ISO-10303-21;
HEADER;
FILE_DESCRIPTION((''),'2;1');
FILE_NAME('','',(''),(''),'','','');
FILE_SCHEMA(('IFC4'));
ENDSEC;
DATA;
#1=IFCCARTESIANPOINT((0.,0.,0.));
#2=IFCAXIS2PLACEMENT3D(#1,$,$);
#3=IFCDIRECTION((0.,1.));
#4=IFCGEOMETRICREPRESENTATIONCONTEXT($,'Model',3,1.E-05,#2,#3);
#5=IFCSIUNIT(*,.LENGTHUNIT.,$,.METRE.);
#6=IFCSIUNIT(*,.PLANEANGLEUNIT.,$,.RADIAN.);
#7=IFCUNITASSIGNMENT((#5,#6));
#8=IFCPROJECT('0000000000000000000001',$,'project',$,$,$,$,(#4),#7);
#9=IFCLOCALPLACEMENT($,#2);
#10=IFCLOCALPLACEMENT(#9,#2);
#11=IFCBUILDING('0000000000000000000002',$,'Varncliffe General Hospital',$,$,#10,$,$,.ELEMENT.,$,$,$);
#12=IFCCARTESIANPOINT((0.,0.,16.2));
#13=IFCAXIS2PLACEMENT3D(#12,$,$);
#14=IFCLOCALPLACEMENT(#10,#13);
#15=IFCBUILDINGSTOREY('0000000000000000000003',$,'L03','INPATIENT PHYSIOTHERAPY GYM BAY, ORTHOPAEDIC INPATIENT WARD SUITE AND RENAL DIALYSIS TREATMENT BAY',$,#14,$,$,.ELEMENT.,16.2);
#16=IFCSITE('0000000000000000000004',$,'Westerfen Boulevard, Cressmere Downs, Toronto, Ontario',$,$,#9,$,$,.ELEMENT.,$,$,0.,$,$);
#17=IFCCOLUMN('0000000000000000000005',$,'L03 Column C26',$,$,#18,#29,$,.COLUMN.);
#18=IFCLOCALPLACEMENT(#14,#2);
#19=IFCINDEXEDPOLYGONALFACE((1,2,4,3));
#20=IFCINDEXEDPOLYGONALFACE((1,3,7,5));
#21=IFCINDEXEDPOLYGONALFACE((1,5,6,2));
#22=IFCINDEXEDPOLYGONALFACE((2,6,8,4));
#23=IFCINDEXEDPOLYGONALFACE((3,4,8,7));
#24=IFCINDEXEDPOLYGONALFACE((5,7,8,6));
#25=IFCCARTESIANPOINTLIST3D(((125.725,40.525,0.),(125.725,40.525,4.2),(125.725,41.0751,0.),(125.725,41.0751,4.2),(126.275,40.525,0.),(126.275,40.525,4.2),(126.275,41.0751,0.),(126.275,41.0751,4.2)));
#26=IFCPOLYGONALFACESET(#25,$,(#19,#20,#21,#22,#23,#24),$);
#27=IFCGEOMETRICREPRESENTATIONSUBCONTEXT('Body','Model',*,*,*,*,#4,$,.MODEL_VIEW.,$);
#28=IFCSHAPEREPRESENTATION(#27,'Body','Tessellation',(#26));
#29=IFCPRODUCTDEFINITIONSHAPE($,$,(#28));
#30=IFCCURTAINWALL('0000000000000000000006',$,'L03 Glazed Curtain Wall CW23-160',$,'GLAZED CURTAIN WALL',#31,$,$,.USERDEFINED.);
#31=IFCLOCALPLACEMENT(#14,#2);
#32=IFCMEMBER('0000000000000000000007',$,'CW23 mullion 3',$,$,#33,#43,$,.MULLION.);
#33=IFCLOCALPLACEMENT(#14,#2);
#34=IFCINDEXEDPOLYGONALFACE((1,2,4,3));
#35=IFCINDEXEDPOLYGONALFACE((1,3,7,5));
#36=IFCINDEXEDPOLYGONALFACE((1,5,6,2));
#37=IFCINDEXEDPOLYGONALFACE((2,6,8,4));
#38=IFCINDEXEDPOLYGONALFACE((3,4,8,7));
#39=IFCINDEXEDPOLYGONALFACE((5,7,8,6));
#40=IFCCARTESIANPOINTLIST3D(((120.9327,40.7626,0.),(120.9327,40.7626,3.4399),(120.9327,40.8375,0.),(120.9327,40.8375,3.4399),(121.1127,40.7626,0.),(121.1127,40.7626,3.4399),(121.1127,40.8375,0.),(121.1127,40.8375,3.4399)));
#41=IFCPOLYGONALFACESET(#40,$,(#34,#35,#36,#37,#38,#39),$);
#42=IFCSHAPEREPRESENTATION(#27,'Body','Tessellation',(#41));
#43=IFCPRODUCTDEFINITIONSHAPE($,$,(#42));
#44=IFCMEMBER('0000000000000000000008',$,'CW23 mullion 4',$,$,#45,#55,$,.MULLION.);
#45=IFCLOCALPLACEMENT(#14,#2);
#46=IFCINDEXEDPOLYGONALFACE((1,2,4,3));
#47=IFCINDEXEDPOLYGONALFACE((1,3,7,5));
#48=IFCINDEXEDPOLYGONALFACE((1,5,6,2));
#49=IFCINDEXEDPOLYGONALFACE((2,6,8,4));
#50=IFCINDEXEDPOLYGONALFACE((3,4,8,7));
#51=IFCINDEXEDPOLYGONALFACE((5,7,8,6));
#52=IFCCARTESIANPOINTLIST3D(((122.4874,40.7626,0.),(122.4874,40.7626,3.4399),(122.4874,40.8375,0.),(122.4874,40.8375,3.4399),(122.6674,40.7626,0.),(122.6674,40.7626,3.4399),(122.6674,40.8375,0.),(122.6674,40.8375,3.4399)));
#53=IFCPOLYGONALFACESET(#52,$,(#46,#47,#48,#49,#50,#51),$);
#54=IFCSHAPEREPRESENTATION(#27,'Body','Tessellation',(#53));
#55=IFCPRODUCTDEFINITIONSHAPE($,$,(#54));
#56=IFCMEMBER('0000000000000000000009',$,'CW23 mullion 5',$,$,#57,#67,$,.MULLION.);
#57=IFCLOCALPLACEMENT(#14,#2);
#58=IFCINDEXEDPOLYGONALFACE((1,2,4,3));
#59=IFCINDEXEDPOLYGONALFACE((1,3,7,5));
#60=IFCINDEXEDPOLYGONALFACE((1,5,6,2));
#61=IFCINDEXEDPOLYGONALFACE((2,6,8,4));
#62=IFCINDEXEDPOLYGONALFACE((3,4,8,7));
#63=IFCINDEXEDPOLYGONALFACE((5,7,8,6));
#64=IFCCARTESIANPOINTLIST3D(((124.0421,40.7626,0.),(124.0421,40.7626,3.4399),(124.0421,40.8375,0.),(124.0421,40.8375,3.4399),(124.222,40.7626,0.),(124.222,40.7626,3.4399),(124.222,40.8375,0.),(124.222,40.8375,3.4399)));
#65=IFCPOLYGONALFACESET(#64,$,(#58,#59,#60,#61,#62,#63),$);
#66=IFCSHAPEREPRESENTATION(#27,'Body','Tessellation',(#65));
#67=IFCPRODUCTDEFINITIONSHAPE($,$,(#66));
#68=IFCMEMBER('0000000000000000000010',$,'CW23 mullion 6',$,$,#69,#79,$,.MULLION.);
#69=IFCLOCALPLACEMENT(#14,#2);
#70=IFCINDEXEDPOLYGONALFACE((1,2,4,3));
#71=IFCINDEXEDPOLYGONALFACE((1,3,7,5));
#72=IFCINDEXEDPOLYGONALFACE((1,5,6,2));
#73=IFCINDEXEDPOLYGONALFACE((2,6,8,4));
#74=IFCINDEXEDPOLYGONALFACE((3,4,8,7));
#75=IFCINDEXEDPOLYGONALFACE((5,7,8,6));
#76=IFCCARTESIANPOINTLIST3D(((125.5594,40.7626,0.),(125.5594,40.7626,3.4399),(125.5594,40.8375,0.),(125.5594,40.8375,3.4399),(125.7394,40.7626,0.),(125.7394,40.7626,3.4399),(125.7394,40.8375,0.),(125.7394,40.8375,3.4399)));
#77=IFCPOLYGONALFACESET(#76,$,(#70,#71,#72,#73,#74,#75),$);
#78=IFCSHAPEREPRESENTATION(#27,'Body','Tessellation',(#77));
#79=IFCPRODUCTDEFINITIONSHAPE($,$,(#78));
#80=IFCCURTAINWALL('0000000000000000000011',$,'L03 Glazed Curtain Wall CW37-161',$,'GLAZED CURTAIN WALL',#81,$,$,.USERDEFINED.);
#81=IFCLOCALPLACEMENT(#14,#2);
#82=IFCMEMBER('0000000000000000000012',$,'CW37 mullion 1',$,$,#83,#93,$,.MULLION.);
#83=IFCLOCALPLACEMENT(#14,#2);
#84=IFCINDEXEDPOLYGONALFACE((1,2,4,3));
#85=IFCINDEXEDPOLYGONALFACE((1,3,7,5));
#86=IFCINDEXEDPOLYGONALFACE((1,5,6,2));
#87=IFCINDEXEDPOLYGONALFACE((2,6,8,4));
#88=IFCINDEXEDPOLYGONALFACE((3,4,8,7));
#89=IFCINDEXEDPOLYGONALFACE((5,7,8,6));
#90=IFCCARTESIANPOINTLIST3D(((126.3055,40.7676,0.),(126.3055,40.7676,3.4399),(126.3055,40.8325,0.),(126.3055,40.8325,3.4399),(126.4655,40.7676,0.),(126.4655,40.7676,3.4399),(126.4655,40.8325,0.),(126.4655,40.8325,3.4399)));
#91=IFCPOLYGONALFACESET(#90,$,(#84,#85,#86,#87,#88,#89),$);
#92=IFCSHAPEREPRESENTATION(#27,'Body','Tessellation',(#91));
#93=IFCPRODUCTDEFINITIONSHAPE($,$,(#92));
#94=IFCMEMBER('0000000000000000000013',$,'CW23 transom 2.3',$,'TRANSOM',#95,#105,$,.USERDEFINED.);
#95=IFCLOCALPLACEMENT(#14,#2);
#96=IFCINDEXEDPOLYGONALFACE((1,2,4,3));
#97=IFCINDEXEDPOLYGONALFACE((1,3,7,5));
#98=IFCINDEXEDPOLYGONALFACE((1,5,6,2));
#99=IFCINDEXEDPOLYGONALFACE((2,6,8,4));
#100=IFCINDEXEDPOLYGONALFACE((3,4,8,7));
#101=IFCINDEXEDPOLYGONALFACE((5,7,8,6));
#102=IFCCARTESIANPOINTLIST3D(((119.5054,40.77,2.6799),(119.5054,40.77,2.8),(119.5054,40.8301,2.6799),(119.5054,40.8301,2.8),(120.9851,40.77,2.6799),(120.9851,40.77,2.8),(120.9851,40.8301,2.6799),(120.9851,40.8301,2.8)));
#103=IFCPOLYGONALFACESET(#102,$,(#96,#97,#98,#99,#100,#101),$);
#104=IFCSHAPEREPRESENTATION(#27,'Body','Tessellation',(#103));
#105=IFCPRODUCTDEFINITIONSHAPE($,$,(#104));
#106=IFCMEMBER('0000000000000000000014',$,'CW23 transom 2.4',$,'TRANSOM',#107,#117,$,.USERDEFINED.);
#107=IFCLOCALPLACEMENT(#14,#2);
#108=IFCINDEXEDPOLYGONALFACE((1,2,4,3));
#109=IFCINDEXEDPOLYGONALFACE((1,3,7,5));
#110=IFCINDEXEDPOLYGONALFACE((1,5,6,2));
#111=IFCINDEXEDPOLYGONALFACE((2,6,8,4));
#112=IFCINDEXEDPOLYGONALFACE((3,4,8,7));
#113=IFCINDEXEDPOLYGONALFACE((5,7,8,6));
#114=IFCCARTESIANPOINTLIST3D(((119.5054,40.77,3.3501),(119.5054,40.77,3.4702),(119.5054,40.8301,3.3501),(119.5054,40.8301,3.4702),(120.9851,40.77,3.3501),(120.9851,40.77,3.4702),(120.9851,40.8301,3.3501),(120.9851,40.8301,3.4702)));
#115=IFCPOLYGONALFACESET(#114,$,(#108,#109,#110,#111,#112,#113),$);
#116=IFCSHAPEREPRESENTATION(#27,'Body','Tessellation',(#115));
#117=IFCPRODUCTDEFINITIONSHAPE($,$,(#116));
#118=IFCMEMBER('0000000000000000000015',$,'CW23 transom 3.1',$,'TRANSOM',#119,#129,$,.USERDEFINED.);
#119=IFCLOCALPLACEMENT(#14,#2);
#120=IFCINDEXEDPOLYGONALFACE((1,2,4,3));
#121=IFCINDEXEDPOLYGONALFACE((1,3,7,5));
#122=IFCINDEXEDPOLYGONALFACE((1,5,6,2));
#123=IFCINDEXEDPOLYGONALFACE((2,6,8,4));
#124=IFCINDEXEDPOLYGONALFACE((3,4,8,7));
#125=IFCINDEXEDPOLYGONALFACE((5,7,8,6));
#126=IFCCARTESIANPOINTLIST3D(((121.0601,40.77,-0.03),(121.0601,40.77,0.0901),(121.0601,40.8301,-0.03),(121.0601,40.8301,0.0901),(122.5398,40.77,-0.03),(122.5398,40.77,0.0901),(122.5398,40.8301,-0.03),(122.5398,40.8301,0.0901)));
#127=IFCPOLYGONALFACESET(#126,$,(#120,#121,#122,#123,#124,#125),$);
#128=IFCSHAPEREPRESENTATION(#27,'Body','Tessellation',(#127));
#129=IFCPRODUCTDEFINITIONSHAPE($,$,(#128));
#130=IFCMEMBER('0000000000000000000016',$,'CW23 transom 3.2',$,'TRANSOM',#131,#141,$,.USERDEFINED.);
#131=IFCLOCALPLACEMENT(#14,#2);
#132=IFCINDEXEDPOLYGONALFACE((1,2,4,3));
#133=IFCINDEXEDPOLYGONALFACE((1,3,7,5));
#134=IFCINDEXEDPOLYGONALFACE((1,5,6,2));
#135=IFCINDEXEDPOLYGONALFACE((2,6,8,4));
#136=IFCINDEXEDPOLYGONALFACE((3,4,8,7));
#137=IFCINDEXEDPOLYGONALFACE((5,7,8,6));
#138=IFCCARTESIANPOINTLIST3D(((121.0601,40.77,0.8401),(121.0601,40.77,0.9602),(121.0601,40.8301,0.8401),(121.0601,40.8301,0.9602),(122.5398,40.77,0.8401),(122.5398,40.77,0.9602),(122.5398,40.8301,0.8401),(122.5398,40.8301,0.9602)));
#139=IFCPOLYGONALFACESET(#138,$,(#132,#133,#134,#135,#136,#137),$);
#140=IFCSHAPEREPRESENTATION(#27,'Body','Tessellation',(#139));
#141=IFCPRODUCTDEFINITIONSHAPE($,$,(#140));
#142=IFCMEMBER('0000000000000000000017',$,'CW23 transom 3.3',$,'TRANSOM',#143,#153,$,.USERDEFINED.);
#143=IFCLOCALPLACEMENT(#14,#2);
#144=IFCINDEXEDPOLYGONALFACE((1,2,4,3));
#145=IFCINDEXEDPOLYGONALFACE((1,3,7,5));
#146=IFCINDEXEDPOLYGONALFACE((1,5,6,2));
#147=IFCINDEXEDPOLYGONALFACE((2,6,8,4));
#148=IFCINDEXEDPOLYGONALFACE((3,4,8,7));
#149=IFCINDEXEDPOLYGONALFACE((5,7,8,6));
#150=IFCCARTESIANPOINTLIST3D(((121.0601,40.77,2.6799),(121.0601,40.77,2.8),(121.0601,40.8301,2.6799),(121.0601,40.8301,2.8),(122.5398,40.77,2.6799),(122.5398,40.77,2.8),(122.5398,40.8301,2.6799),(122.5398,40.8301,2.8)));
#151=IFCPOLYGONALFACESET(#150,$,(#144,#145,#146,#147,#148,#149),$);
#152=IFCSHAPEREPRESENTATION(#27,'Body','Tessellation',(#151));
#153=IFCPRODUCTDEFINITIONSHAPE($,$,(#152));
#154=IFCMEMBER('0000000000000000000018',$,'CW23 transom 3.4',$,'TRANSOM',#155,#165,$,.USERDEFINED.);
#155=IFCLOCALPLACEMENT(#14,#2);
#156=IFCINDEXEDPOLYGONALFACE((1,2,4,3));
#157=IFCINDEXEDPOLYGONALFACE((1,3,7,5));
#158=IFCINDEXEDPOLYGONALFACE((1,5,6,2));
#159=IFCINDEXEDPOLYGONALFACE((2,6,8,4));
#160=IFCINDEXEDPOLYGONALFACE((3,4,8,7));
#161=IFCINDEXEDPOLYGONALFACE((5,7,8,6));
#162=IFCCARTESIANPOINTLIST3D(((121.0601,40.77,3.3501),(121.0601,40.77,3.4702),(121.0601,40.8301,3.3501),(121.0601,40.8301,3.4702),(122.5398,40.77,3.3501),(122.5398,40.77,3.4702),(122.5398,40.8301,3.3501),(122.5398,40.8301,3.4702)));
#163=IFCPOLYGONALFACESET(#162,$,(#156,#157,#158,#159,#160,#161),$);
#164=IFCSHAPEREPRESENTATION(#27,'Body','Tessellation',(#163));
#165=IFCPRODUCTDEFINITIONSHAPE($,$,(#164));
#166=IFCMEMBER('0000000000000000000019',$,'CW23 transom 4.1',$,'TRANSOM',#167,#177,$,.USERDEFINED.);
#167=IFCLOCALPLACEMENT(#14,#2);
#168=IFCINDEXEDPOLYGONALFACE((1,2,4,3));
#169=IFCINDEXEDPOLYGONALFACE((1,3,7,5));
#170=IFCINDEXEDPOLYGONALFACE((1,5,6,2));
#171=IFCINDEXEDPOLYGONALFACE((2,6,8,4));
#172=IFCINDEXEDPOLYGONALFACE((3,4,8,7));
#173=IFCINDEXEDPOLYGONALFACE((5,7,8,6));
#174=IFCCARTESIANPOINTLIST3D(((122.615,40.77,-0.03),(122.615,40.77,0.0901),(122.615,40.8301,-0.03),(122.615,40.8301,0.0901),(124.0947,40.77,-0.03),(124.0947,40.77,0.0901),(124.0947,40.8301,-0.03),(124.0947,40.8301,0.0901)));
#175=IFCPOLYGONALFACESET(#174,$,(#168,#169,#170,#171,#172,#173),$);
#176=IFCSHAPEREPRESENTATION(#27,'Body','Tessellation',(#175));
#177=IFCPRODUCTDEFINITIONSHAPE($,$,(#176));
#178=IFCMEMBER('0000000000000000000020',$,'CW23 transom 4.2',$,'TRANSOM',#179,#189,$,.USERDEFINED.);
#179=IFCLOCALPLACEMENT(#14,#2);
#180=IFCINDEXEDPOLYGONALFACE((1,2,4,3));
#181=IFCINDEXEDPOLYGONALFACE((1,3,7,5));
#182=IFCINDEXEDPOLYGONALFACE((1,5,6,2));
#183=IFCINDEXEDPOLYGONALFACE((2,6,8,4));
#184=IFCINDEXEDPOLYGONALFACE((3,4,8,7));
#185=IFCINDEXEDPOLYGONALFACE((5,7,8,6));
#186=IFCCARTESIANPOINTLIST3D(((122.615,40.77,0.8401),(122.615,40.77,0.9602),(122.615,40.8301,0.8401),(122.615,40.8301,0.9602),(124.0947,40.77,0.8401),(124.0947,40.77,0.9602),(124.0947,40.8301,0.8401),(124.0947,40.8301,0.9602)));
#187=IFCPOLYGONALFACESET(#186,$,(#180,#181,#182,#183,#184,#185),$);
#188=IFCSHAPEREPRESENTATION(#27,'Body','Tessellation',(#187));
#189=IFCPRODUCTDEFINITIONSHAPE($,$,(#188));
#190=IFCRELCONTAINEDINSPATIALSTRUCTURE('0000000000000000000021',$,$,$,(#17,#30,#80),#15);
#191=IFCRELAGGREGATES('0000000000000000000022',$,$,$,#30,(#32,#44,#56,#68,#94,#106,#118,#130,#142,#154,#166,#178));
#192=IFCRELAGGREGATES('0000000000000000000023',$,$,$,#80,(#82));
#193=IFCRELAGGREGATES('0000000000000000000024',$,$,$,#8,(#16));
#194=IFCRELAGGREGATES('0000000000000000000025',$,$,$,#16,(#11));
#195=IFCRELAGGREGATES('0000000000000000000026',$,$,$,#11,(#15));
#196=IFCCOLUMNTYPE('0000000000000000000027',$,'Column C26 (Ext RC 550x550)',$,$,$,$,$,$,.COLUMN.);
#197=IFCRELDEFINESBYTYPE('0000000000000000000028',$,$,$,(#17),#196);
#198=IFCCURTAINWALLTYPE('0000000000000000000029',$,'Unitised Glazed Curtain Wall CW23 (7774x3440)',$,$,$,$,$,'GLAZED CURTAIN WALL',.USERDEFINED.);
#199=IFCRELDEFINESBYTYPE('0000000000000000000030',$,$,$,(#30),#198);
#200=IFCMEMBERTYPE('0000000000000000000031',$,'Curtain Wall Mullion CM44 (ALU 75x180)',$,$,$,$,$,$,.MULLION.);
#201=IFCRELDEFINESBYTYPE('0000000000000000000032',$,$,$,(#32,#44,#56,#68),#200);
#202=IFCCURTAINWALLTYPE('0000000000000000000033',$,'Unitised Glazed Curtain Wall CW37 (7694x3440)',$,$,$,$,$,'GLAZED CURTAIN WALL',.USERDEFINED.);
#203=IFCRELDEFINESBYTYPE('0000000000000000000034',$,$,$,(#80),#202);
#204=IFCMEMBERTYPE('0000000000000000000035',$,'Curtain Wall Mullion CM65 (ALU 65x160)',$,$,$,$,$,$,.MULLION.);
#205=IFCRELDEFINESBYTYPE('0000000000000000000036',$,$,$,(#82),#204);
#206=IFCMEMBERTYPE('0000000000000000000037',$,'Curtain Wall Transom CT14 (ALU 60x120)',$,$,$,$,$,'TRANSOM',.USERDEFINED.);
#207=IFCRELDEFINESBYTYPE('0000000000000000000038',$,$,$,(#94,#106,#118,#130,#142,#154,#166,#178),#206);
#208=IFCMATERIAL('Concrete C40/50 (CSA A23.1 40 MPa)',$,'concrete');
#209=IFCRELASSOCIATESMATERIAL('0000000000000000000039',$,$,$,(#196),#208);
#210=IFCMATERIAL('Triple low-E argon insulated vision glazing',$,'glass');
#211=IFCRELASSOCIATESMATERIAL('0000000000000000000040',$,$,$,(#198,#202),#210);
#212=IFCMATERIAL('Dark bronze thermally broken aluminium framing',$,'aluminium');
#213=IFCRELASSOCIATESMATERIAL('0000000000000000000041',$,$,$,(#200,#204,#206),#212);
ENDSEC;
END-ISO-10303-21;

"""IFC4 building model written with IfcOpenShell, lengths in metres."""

from ifc_helpers import new_model, si_unit, direction, frame, origin, origin_2d, place, context, subcontext, project, spatial, rectangle, extrude, material, material_profile, profile_set, type_object, element, aggregate, save


model = new_model("IFC4")

# Units and contexts
model_context = context("Model", 3, precision=1e-05, world=origin(), true_north=direction((0.0, 1.0)))
body_context = subcontext(model_context, "Body", "Model", "MODEL_VIEW")
ifc_project = project(units=[si_unit("LENGTHUNIT", "METRE"), si_unit("PLANEANGLEUNIT", "RADIAN")], contexts=[model_context])

# Site, building, storey
site_placement = place(None, origin())
site = spatial("IfcSite", under=ifc_project, at=site_placement, Name="Westerfen Boulevard, Cressmere Downs, Toronto, Ontario", CompositionType="ELEMENT", RefElevation=0.0)
building_placement = place(site_placement, origin())
building = spatial("IfcBuilding", under=site, at=building_placement, Name="Varncliffe General Hospital", CompositionType="ELEMENT")
storey_placement = place(building_placement, frame((0.0, 0.0, 16.2)))
storey = spatial("IfcBuildingStorey", under=building, at=storey_placement, Name="L03", Description="INPATIENT PHYSIOTHERAPY GYM BAY, ORTHOPAEDIC INPATIENT WARD SUITE AND RENAL DIALYSIS TREATMENT BAY", CompositionType="ELEMENT", Elevation=16.2)

# Column
ifc_material_1 = material(Name="Concrete C40/50 (CSA A23.1 40 MPa)", Category="concrete")
ifc_material_profile_1 = material_profile(ifc_material_1, rectangle(XDim=0.55, YDim=0.55, at=origin_2d()), Name="RC 550x550")
ifc_profile_set_1 = profile_set([ifc_material_profile_1], Name="Concrete C40/50 (CSA A23.1 40 MPa)")
column_type = type_object("IfcColumnType", Name="Column C26 (Ext RC 550x550)", PredefinedType="COLUMN", material=ifc_profile_set_1)
column_placement = place(storey_placement, frame((126.0, 40.8, 0.0), z_axis=(0.0, 0.0, 1.0), x_axis=(1.0, 0.0, 0.0)))
element("IfcColumn", 1, at=column_placement, inside=storey, type_object=column_type, Name="L03 Column C26", PredefinedType="COLUMN", context=body_context, shape_type="SweptSolid", body=[
    extrude(rectangle(XDim=0.55, YDim=0.55, at=origin_2d()), origin(), (0.0, 0.0, 1.0), 4.2),
])

# Curtain wall, members
ifc_material_2 = material(Name="Triple low-E argon insulated vision glazing", Category="glass")
curtain_wall_type_1 = type_object("IfcCurtainWallType", Name="Unitised Glazed Curtain Wall CW23 (7774x3440)", ElementType="GLAZED CURTAIN WALL", PredefinedType="USERDEFINED", material=ifc_material_2)
curtain_wall_1_placement = place(storey_placement, origin())
curtain_wall_1 = element("IfcCurtainWall", 2, at=curtain_wall_1_placement, inside=storey, type_object=curtain_wall_type_1, Name="L03 Glazed Curtain Wall CW23-160", ObjectType="GLAZED CURTAIN WALL", PredefinedType="USERDEFINED")
ifc_material_3 = material(Name="Dark bronze thermally broken aluminium framing", Category="aluminium")
ifc_material_profile_2 = material_profile(ifc_material_3, rectangle(XDim=0.075, YDim=0.1799, at=origin_2d()), Name="ALU 75x180")
ifc_profile_set_2 = profile_set([ifc_material_profile_2], Name="Dark bronze thermally broken aluminium framing")
member_type_1 = type_object("IfcMemberType", Name="Curtain Wall Mullion CM44 (ALU 75x180)", PredefinedType="MULLION", material=ifc_profile_set_2)
member_1_placement = place(storey_placement, frame((121.0227, 40.8, 0.0), z_axis=(0.0, 0.0, 1.0), x_axis=(0.0, 1.0, 0.0)))
member_1 = element("IfcMember", 3, at=member_1_placement, type_object=member_type_1, Name="CW23 mullion 3", PredefinedType="MULLION", context=body_context, shape_type="SweptSolid", body=[
    extrude(rectangle(XDim=0.075, YDim=0.1799, at=origin_2d()), origin(), (0.0, 0.0, 1.0), 3.4399),
])
member_2_placement = place(storey_placement, frame((122.5774, 40.8, 0.0), z_axis=(0.0, 0.0, 1.0), x_axis=(0.0, 1.0, 0.0)))
member_2 = element("IfcMember", 4, at=member_2_placement, type_object=member_type_1, Name="CW23 mullion 4", PredefinedType="MULLION", context=body_context, shape_type="SweptSolid", body=[
    extrude(rectangle(XDim=0.075, YDim=0.1799, at=origin_2d()), origin(), (0.0, 0.0, 1.0), 3.4399),
])
member_3_placement = place(storey_placement, frame((124.1321, 40.8, 0.0), z_axis=(0.0, 0.0, 1.0), x_axis=(0.0, 1.0, 0.0)))
member_3 = element("IfcMember", 5, at=member_3_placement, type_object=member_type_1, Name="CW23 mullion 5", PredefinedType="MULLION", context=body_context, shape_type="SweptSolid", body=[
    extrude(rectangle(XDim=0.075, YDim=0.1799, at=origin_2d()), origin(), (0.0, 0.0, 1.0), 3.4399),
])
member_4_placement = place(storey_placement, frame((125.6494, 40.8, 0.0), z_axis=(0.0, 0.0, 1.0), x_axis=(0.0, 1.0, 0.0)))
member_4 = element("IfcMember", 6, at=member_4_placement, type_object=member_type_1, Name="CW23 mullion 6", PredefinedType="MULLION", context=body_context, shape_type="SweptSolid", body=[
    extrude(rectangle(XDim=0.075, YDim=0.1799, at=origin_2d()), origin(), (0.0, 0.0, 1.0), 3.4399),
])

# Curtain wall, member
curtain_wall_type_2 = type_object("IfcCurtainWallType", Name="Unitised Glazed Curtain Wall CW37 (7694x3440)", ElementType="GLAZED CURTAIN WALL", PredefinedType="USERDEFINED", material=ifc_material_2)
curtain_wall_2_placement = place(storey_placement, origin())
curtain_wall_2 = element("IfcCurtainWall", 7, at=curtain_wall_2_placement, inside=storey, type_object=curtain_wall_type_2, Name="L03 Glazed Curtain Wall CW37-161", ObjectType="GLAZED CURTAIN WALL", PredefinedType="USERDEFINED")
ifc_material_profile_3 = material_profile(ifc_material_3, rectangle(XDim=0.0649, YDim=0.1599, at=origin_2d()), Name="ALU 65x160")
ifc_profile_set_3 = profile_set([ifc_material_profile_3], Name="Dark bronze thermally broken aluminium framing")
member_type_2 = type_object("IfcMemberType", Name="Curtain Wall Mullion CM65 (ALU 65x160)", PredefinedType="MULLION", material=ifc_profile_set_3)
member_5_placement = place(storey_placement, frame((126.3855, 40.8, 0.0), z_axis=(0.0, 0.0, 1.0), x_axis=(0.0, 1.0, 0.0)))
member_5 = element("IfcMember", 8, at=member_5_placement, type_object=member_type_2, Name="CW37 mullion 1", PredefinedType="MULLION", context=body_context, shape_type="SweptSolid", body=[
    extrude(rectangle(XDim=0.0649, YDim=0.1599, at=origin_2d()), origin(), (0.0, 0.0, 1.0), 3.4399),
])

# Members
ifc_material_profile_4 = material_profile(ifc_material_3, rectangle(XDim=0.0601, YDim=0.1201, at=origin_2d()), Name="ALU 60x120")
ifc_profile_set_4 = profile_set([ifc_material_profile_4], Name="Dark bronze thermally broken aluminium framing")
member_type_3 = type_object("IfcMemberType", Name="Curtain Wall Transom CT14 (ALU 60x120)", ElementType="TRANSOM", PredefinedType="USERDEFINED", material=ifc_profile_set_4)
member_6_placement = place(storey_placement, frame((119.5054, 40.8, 2.74), z_axis=(1.0, 0.0, 0.0), x_axis=(0.0, 1.0, 0.0)))
member_6 = element("IfcMember", 9, at=member_6_placement, type_object=member_type_3, Name="CW23 transom 2.3", ObjectType="TRANSOM", PredefinedType="USERDEFINED", context=body_context, shape_type="SweptSolid", body=[
    extrude(rectangle(XDim=0.0601, YDim=0.1201, at=origin_2d()), origin(), (0.0, 0.0, 1.0), 1.4797),
])
member_7_placement = place(storey_placement, frame((119.5054, 40.8, 3.4102), z_axis=(1.0, 0.0, 0.0), x_axis=(0.0, 1.0, 0.0)))
member_7 = element("IfcMember", 10, at=member_7_placement, type_object=member_type_3, Name="CW23 transom 2.4", ObjectType="TRANSOM", PredefinedType="USERDEFINED", context=body_context, shape_type="SweptSolid", body=[
    extrude(rectangle(XDim=0.0601, YDim=0.1201, at=origin_2d()), origin(), (0.0, 0.0, 1.0), 1.4797),
])
member_8_placement = place(storey_placement, frame((121.0601, 40.8, 0.03), z_axis=(1.0, 0.0, 0.0), x_axis=(0.0, 1.0, 0.0)))
member_8 = element("IfcMember", 11, at=member_8_placement, type_object=member_type_3, Name="CW23 transom 3.1", ObjectType="TRANSOM", PredefinedType="USERDEFINED", context=body_context, shape_type="SweptSolid", body=[
    extrude(rectangle(XDim=0.0601, YDim=0.1201, at=origin_2d()), origin(), (0.0, 0.0, 1.0), 1.4797),
])
member_9_placement = place(storey_placement, frame((121.0601, 40.8, 0.9001), z_axis=(1.0, 0.0, 0.0), x_axis=(0.0, 1.0, 0.0)))
member_9 = element("IfcMember", 12, at=member_9_placement, type_object=member_type_3, Name="CW23 transom 3.2", ObjectType="TRANSOM", PredefinedType="USERDEFINED", context=body_context, shape_type="SweptSolid", body=[
    extrude(rectangle(XDim=0.0601, YDim=0.1201, at=origin_2d()), origin(), (0.0, 0.0, 1.0), 1.4797),
])
member_10_placement = place(storey_placement, frame((121.0601, 40.8, 2.74), z_axis=(1.0, 0.0, 0.0), x_axis=(0.0, 1.0, 0.0)))
member_10 = element("IfcMember", 13, at=member_10_placement, type_object=member_type_3, Name="CW23 transom 3.3", ObjectType="TRANSOM", PredefinedType="USERDEFINED", context=body_context, shape_type="SweptSolid", body=[
    extrude(rectangle(XDim=0.0601, YDim=0.1201, at=origin_2d()), origin(), (0.0, 0.0, 1.0), 1.4797),
])
member_11_placement = place(storey_placement, frame((121.0601, 40.8, 3.4102), z_axis=(1.0, 0.0, 0.0), x_axis=(0.0, 1.0, 0.0)))
member_11 = element("IfcMember", 14, at=member_11_placement, type_object=member_type_3, Name="CW23 transom 3.4", ObjectType="TRANSOM", PredefinedType="USERDEFINED", context=body_context, shape_type="SweptSolid", body=[
    extrude(rectangle(XDim=0.0601, YDim=0.1201, at=origin_2d()), origin(), (0.0, 0.0, 1.0), 1.4797),
])
member_12_placement = place(storey_placement, frame((122.615, 40.8, 0.03), z_axis=(1.0, 0.0, 0.0), x_axis=(0.0, 1.0, 0.0)))
member_12 = element("IfcMember", 15, at=member_12_placement, type_object=member_type_3, Name="CW23 transom 4.1", ObjectType="TRANSOM", PredefinedType="USERDEFINED", context=body_context, shape_type="SweptSolid", body=[
    extrude(rectangle(XDim=0.0601, YDim=0.1201, at=origin_2d()), origin(), (0.0, 0.0, 1.0), 1.4797),
])
member_13_placement = place(storey_placement, frame((122.615, 40.8, 0.9001), z_axis=(1.0, 0.0, 0.0), x_axis=(0.0, 1.0, 0.0)))
member_13 = element("IfcMember", 16, at=member_13_placement, type_object=member_type_3, Name="CW23 transom 4.2", ObjectType="TRANSOM", PredefinedType="USERDEFINED", context=body_context, shape_type="SweptSolid", body=[
    extrude(rectangle(XDim=0.0601, YDim=0.1201, at=origin_2d()), origin(), (0.0, 0.0, 1.0), 1.4797),
])

aggregate(curtain_wall_1, [member_1, member_2, member_3, member_4, member_6, member_7, member_8, member_9, member_10, member_11, member_12, member_13])
aggregate(curtain_wall_2, [member_5])

save(model, "model.ifc")
